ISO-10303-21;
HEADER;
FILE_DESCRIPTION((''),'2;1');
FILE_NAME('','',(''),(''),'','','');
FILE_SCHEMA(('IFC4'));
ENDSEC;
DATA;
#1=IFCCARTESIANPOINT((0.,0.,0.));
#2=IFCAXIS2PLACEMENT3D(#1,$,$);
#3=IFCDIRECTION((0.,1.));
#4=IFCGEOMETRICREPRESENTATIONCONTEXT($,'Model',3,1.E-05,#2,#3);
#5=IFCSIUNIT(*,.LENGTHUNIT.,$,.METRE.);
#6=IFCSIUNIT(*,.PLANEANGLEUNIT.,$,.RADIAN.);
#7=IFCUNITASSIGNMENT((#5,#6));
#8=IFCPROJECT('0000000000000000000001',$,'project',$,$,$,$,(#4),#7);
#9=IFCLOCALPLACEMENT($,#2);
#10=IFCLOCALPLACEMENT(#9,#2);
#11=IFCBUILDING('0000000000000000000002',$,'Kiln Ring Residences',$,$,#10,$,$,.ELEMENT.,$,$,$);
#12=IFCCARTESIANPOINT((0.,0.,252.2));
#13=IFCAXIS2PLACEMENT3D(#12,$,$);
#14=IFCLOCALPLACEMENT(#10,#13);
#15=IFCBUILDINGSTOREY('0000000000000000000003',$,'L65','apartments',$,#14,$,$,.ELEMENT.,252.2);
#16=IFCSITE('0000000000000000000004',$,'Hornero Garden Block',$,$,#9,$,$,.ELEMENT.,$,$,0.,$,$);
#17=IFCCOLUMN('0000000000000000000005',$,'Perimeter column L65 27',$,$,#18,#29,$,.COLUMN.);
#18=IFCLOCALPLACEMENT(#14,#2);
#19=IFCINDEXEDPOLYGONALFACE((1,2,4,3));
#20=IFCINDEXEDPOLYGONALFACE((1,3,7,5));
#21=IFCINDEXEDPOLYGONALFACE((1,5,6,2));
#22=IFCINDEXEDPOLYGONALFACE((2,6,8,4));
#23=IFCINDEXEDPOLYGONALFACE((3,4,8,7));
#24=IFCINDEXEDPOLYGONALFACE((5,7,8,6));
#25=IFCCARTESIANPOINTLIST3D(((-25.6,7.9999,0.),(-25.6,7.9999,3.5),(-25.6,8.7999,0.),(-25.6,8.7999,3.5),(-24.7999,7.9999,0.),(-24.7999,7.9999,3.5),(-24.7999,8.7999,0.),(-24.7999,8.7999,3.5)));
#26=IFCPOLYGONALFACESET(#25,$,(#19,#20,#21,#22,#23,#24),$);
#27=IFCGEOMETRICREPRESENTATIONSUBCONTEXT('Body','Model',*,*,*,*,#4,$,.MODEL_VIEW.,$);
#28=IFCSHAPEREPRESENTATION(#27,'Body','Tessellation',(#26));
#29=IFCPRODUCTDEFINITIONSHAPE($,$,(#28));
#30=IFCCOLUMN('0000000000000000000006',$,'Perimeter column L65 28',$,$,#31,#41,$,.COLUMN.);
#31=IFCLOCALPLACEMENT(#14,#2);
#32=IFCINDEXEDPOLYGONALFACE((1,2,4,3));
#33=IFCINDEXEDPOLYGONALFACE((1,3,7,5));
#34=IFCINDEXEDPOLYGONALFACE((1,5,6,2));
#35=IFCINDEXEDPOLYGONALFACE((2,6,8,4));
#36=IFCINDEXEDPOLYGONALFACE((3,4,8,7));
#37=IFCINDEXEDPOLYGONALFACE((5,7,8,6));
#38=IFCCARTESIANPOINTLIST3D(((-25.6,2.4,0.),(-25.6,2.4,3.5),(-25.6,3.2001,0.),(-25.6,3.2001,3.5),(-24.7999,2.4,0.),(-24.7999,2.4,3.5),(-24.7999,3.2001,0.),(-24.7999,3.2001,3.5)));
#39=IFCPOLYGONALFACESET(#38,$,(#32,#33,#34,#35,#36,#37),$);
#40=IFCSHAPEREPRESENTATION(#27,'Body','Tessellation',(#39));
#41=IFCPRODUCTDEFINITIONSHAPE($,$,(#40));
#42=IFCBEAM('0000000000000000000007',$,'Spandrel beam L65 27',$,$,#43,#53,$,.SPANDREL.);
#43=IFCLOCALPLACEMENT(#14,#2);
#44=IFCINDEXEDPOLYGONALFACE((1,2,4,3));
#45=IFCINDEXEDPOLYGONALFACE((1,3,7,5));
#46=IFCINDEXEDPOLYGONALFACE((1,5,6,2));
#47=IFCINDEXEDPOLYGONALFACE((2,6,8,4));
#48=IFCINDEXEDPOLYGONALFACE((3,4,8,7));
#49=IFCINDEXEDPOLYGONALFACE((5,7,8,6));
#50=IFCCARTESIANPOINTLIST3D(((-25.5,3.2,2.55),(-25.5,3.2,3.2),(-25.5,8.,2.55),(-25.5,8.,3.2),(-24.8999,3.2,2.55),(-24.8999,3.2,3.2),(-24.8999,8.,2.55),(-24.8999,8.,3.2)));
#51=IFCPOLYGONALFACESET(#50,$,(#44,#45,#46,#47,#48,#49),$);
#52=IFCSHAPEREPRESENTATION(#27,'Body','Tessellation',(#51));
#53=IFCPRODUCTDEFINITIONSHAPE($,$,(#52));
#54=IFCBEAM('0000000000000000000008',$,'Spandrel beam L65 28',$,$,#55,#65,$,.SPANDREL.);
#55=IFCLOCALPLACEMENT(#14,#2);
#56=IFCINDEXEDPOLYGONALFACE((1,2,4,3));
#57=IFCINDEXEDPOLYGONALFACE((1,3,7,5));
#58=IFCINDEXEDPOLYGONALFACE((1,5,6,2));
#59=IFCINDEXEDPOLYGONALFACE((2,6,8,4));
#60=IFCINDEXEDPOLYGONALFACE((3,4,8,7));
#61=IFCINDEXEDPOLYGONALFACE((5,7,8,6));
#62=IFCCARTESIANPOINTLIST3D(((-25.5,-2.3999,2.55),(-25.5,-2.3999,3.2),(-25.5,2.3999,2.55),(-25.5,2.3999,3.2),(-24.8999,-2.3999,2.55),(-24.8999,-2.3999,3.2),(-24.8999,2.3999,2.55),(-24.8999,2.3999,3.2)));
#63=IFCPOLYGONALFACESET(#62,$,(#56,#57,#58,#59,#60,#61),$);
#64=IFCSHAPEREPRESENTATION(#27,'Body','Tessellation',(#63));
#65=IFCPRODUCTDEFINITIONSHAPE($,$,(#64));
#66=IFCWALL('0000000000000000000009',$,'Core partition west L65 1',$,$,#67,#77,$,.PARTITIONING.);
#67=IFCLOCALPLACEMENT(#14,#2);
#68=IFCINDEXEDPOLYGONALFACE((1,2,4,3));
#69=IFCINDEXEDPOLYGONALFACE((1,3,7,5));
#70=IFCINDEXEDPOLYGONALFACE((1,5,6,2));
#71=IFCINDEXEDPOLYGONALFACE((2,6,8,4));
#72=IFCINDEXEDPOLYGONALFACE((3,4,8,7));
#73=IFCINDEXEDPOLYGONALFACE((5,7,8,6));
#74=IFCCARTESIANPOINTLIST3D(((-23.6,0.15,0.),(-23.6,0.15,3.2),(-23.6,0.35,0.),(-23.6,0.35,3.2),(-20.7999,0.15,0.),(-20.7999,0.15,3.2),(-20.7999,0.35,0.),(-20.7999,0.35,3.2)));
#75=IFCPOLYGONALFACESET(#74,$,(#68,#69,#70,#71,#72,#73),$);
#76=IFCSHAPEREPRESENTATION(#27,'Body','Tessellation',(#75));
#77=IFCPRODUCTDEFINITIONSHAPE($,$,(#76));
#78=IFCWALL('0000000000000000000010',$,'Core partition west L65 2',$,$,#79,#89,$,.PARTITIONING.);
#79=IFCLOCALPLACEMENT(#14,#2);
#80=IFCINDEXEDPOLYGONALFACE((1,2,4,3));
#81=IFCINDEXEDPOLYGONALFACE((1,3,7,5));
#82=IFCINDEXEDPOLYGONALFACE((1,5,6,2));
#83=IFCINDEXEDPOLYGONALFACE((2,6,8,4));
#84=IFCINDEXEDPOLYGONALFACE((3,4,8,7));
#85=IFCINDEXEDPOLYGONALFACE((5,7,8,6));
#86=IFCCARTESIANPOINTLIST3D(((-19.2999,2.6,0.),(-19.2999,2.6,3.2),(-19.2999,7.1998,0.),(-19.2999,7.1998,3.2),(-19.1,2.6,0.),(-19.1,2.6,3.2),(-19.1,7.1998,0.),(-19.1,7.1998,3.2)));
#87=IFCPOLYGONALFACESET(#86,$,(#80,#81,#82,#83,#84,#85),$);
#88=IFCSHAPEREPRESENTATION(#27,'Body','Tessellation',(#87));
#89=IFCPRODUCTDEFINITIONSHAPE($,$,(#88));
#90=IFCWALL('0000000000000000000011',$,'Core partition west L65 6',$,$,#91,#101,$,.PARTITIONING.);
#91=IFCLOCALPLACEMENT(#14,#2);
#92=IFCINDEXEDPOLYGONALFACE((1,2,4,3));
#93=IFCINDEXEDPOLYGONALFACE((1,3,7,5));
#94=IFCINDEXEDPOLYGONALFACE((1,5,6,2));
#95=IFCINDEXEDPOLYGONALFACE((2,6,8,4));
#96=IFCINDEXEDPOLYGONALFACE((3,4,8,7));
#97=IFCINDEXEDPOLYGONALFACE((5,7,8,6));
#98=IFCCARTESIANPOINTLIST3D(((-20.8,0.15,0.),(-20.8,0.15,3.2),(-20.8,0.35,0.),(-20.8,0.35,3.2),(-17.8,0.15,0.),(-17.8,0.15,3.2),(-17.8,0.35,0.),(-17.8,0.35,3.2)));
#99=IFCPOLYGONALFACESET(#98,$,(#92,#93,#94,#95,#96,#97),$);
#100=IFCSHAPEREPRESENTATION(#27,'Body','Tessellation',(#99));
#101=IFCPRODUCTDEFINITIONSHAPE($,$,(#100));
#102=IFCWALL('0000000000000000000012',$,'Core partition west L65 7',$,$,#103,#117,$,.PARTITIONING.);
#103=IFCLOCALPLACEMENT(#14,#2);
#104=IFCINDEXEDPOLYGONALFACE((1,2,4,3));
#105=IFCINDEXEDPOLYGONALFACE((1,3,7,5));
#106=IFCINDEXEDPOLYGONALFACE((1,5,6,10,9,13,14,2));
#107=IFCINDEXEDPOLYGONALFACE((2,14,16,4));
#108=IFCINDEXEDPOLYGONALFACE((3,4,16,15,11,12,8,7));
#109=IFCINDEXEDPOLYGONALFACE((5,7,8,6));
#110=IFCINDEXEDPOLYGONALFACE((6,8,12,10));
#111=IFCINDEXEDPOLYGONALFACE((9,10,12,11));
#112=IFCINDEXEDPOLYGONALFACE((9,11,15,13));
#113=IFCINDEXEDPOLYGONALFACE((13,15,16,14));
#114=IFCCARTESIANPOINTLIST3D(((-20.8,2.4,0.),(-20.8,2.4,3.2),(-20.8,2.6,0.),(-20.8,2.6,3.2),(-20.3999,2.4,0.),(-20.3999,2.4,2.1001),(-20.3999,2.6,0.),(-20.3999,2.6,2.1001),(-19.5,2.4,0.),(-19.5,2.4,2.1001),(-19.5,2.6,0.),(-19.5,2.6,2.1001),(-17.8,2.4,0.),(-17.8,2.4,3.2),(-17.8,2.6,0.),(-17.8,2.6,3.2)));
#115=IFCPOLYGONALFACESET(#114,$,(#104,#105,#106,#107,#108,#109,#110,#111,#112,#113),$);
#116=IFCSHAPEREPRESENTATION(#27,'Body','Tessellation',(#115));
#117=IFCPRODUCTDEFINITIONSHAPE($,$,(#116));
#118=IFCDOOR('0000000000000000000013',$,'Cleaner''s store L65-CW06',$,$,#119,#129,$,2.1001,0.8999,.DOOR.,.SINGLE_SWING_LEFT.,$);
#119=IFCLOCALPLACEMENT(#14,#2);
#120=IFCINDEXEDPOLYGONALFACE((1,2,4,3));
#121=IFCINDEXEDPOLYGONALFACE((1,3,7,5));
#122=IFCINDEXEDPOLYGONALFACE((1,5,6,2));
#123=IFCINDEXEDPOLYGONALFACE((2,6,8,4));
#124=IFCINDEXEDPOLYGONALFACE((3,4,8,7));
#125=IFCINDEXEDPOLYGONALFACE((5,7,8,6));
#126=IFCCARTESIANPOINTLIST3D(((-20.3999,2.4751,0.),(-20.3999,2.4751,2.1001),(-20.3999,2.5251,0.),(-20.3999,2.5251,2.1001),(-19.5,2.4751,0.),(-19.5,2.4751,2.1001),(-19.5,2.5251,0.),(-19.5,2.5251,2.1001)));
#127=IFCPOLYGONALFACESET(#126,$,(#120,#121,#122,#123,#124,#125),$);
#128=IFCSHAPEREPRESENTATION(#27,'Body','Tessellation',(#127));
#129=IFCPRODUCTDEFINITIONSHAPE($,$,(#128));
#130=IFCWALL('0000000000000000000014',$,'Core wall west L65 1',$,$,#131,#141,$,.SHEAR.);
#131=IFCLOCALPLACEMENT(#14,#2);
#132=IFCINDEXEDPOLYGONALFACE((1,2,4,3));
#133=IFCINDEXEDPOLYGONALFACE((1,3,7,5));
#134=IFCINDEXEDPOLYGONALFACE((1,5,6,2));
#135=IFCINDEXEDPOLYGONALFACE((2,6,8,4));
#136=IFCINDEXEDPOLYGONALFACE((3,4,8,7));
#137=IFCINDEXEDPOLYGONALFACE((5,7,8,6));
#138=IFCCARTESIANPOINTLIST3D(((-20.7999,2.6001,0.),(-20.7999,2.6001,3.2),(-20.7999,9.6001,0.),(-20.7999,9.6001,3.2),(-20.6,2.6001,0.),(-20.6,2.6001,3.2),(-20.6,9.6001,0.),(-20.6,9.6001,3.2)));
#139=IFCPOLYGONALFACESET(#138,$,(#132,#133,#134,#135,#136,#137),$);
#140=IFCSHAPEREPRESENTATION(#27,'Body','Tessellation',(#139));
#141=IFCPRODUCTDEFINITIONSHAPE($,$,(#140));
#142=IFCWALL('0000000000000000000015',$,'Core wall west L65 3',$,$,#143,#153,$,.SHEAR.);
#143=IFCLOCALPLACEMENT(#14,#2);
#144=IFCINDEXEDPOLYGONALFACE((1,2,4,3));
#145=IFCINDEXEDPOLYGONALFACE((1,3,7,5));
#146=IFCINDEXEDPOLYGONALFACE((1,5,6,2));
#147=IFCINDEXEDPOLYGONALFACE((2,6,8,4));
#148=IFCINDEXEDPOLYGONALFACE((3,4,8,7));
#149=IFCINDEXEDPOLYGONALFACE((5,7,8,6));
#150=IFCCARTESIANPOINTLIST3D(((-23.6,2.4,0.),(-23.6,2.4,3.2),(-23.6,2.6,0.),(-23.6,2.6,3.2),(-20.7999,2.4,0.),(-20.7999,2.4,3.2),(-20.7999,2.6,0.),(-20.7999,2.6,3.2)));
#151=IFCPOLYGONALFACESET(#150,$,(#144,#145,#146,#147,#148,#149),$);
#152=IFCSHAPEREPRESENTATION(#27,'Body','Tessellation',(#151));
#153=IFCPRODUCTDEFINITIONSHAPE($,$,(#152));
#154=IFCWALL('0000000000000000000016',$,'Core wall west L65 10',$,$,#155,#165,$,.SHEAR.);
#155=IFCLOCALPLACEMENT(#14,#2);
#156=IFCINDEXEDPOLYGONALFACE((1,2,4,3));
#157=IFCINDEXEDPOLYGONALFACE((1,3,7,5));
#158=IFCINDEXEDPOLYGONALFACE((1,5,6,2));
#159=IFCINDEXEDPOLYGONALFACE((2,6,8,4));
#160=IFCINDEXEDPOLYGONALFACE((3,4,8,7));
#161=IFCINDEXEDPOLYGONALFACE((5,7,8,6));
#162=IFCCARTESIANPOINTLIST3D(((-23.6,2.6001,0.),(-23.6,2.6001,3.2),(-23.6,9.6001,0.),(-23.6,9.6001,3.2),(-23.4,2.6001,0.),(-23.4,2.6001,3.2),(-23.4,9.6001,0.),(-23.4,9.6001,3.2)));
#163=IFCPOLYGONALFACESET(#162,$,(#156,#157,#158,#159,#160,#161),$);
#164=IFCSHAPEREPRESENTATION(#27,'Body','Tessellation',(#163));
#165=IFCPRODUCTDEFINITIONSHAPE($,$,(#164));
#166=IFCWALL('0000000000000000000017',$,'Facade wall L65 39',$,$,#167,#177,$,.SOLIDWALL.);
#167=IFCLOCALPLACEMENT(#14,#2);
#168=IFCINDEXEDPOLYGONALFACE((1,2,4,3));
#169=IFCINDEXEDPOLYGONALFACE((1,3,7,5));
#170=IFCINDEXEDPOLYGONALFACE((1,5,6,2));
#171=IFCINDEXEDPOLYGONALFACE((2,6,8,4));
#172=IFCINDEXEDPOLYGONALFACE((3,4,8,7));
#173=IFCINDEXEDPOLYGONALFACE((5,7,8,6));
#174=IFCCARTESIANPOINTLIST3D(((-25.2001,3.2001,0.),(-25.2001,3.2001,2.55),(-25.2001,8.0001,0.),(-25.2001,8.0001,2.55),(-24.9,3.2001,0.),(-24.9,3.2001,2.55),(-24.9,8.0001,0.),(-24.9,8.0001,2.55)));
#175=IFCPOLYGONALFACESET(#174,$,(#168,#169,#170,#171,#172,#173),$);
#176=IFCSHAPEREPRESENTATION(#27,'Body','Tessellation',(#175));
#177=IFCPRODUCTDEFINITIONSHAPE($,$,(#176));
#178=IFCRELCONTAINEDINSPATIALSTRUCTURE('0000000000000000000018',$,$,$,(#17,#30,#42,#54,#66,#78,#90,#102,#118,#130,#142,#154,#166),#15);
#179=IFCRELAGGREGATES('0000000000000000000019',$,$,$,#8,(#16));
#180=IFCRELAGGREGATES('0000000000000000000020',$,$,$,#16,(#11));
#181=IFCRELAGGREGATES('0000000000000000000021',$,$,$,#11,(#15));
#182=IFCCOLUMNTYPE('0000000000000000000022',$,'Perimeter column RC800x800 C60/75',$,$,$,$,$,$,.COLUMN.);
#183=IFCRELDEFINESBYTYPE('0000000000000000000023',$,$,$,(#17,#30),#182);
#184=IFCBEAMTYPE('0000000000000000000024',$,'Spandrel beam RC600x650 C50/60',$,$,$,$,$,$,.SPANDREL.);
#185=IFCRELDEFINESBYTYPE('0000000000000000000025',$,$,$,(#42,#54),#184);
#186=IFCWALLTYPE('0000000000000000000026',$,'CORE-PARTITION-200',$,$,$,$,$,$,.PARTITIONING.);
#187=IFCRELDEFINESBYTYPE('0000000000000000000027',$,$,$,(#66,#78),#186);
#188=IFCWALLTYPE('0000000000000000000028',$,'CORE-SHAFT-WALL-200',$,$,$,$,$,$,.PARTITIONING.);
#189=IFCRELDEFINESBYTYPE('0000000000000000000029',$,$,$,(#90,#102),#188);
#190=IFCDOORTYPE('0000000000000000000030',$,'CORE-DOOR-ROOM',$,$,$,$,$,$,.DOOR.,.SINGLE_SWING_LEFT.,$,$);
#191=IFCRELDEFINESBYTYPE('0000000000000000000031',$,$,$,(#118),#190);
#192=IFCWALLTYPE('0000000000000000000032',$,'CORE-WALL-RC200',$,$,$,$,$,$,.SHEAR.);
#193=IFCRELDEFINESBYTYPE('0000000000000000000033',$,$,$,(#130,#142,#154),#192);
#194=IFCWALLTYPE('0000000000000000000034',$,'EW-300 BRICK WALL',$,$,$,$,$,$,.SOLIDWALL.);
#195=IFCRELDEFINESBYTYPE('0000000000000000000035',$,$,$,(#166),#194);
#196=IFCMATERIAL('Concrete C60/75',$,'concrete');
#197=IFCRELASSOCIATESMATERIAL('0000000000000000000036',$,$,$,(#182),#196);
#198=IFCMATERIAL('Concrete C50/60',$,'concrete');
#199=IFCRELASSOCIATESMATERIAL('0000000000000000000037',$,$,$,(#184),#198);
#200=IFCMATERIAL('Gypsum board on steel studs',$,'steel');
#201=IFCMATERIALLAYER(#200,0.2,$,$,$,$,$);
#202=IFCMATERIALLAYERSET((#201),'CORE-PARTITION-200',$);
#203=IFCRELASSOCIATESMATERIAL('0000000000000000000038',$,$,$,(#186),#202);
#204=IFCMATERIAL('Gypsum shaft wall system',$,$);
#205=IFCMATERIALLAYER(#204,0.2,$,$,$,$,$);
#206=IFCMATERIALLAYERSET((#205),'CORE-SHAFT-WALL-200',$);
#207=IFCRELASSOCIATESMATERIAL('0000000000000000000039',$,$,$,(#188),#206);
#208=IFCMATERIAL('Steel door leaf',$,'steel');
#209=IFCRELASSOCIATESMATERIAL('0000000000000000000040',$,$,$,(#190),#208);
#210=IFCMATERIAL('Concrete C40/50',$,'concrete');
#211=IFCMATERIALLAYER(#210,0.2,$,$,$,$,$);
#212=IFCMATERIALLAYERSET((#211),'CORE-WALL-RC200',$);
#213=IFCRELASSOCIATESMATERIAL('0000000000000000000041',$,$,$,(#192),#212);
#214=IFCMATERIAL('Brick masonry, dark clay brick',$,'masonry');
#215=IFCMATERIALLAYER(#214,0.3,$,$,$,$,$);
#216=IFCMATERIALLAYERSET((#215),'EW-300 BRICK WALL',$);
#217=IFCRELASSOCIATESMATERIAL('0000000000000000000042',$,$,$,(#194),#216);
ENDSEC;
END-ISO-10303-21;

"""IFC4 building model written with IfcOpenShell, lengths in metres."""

from ifc_helpers import new_model, si_unit, direction, frame, frame_2d, origin, origin_2d, place, context, subcontext, project, spatial, rectangle, extrude, material, layer, layer_set, material_profile, profile_set, type_object, element, fill, save


model = new_model("IFC4")

# Units and contexts
model_context = context("Model", 3, precision=1e-05, world=origin(), true_north=direction((0.0, 1.0)))
body_context = subcontext(model_context, "Body", "Model", "MODEL_VIEW")
ifc_project = project(units=[si_unit("LENGTHUNIT", "METRE"), si_unit("PLANEANGLEUNIT", "RADIAN")], contexts=[model_context])

# Site, building, storey
site_placement = place(None, origin())
site = spatial("IfcSite", under=ifc_project, at=site_placement, Name="Hornero Garden Block", CompositionType="ELEMENT", RefElevation=0.0)
building_placement = place(site_placement, origin())
building = spatial("IfcBuilding", under=site, at=building_placement, Name="Kiln Ring Residences", CompositionType="ELEMENT")
storey_placement = place(building_placement, frame((0.0, 0.0, 252.2)))
storey = spatial("IfcBuildingStorey", under=building, at=storey_placement, Name="L65", Description="apartments", CompositionType="ELEMENT", Elevation=252.2)

# Columns
ifc_material_1 = material(Name="Concrete C60/75", Category="concrete")
ifc_material_profile_1 = material_profile(ifc_material_1, rectangle(XDim=0.8, YDim=0.8, at=origin_2d()), Name="RC800x800")
ifc_profile_set_1 = profile_set([ifc_material_profile_1], Name="Concrete C60/75")
column_type = type_object("IfcColumnType", Name="Perimeter column RC800x800 C60/75", PredefinedType="COLUMN", material=ifc_profile_set_1)
for number, where, z_axis, x_axis, name in (
    (1, (-25.2, 8.3999, 0.0), (0.0, 0.0, 1.0), (1.0, 0.0, 0.0), "Perimeter column L65 27"),
    (2, (-25.2, 2.8, 0.0), (0.0, 0.0, 1.0), (1.0, 0.0, 0.0), "Perimeter column L65 28"),
):
    element("IfcColumn", number, at=place(storey_placement, frame(where, z_axis=z_axis, x_axis=x_axis)), inside=storey, type_object=column_type, Name=name, PredefinedType="COLUMN", context=body_context, shape_type="SweptSolid", body=[
        extrude(rectangle(XDim=0.8, YDim=0.8, at=origin_2d()), origin(), (0.0, 0.0, 1.0), 3.5),
    ])

# Beams
ifc_material_2 = material(Name="Concrete C50/60", Category="concrete")
ifc_material_profile_2 = material_profile(ifc_material_2, rectangle(XDim=0.6001, YDim=0.6499, at=origin_2d()), Name="RC600x650")
ifc_profile_set_2 = profile_set([ifc_material_profile_2], Name="Concrete C50/60")
beam_type = type_object("IfcBeamType", Name="Spandrel beam RC600x650 C50/60", PredefinedType="SPANDREL", material=ifc_profile_set_2)
beam_1_placement = place(storey_placement, frame((-25.2, 8.0, 2.875), z_axis=(0.0, -1.0, 0.0), x_axis=(1.0, 0.0, 0.0)))
element("IfcBeam", 3, at=beam_1_placement, inside=storey, type_object=beam_type, Name="Spandrel beam L65 27", PredefinedType="SPANDREL", context=body_context, shape_type="SweptSolid", body=[
    extrude(rectangle(XDim=0.6001, YDim=0.6499, at=origin_2d()), origin(), (0.0, 0.0, 1.0), 4.8),
])
beam_2_placement = place(storey_placement, frame((-25.2, 2.3999, 2.875), z_axis=(0.0, -1.0, 0.0), x_axis=(1.0, 0.0, 0.0)))
element("IfcBeam", 4, at=beam_2_placement, inside=storey, type_object=beam_type, Name="Spandrel beam L65 28", PredefinedType="SPANDREL", context=body_context, shape_type="SweptSolid", body=[
    extrude(rectangle(XDim=0.6001, YDim=0.6499, at=origin_2d()), origin(), (0.0, 0.0, 1.0), 4.7998),
])

# Walls
ifc_material_3 = material(Name="Gypsum board on steel studs", Category="steel")
ifc_layer_1 = layer(ifc_material_3, 0.2)
ifc_layer_set_1 = layer_set([ifc_layer_1], Name="CORE-PARTITION-200")
wall_type_1 = type_object("IfcWallType", Name="CORE-PARTITION-200", PredefinedType="PARTITIONING", material=ifc_layer_set_1)
wall_1_placement = place(storey_placement, frame((-20.8, 0.25, 0.0), z_axis=(0.0, 0.0, 1.0), x_axis=(-1.0, 0.0, 0.0)))
element("IfcWall", 5, at=wall_1_placement, inside=storey, type_object=wall_type_1, Name="Core partition west L65 1", PredefinedType="PARTITIONING", context=body_context, shape_type="SweptSolid", body=[
    extrude(rectangle(XDim=2.8, YDim=0.2, at=frame_2d((1.3999, 0.0))), origin(), (0.0, 0.0, 1.0), 3.2),
])
wall_2_placement = place(storey_placement, frame((-19.2, 2.6001, 0.0), z_axis=(0.0, 0.0, 1.0), x_axis=(0.0, 1.0, 0.0)))
element("IfcWall", 6, at=wall_2_placement, inside=storey, type_object=wall_type_1, Name="Core partition west L65 2", PredefinedType="PARTITIONING", context=body_context, shape_type="SweptSolid", body=[
    extrude(rectangle(XDim=4.5999, YDim=0.2, at=frame_2d((2.2998, 0.0))), origin(), (0.0, 0.0, 1.0), 3.2),
])
ifc_material_4 = material(Name="Gypsum shaft wall system")
ifc_layer_2 = layer(ifc_material_4, 0.2)
ifc_layer_set_2 = layer_set([ifc_layer_2], Name="CORE-SHAFT-WALL-200")
wall_type_2 = type_object("IfcWallType", Name="CORE-SHAFT-WALL-200", PredefinedType="PARTITIONING", material=ifc_layer_set_2)
wall_3_placement = place(storey_placement, frame((-17.8, 0.25, 0.0), z_axis=(0.0, 0.0, 1.0), x_axis=(-1.0, 0.0, 0.0)))
element("IfcWall", 7, at=wall_3_placement, inside=storey, type_object=wall_type_2, Name="Core partition west L65 6", PredefinedType="PARTITIONING", context=body_context, shape_type="SweptSolid", body=[
    extrude(rectangle(XDim=3.0, YDim=0.2, at=frame_2d((1.5, 0.0))), origin(), (0.0, 0.0, 1.0), 3.2),
])

# Wall, opening, door
wall_4_placement = place(storey_placement, frame((-17.8, 2.5, 0.0), z_axis=(0.0, 0.0, 1.0), x_axis=(-1.0, 0.0, 0.0)))
wall_4 = element("IfcWall", 8, at=wall_4_placement, inside=storey, type_object=wall_type_2, Name="Core partition west L65 7", PredefinedType="PARTITIONING", context=body_context, shape_type="SweptSolid", body=[
    extrude(rectangle(XDim=3.0, YDim=0.2, at=frame_2d((1.5, 0.0))), origin(), (0.0, 0.0, 1.0), 3.2),
])
opening_placement = place(wall_4_placement, frame((1.7, 0.0, 0.0)))
opening = element("IfcOpeningElement", 9, at=opening_placement, cuts=wall_4, PredefinedType="OPENING", context=body_context, shape_type="SweptSolid", body=[
    extrude(rectangle(XDim=0.8999, YDim=2.1001, at=frame_2d((0.45, 1.05))), frame((0.0, 0.1099, 0.0), z_axis=(0.0, -1.0, 0.0), x_axis=(1.0, 0.0, 0.0)), (0.0, 0.0, 1.0), 0.22),
])
ifc_material_5 = material(Name="Steel door leaf", Category="steel")
door_type = type_object("IfcDoorType", Name="CORE-DOOR-ROOM", OperationType="SINGLE_SWING_LEFT", PredefinedType="DOOR", material=ifc_material_5)
door_placement = place(opening_placement, origin())
door = element("IfcDoor", 10, at=door_placement, inside=storey, type_object=door_type, Name="Cleaner's store L65-CW06", OperationType="SINGLE_SWING_LEFT", OverallHeight=2.1001, OverallWidth=0.8999, PredefinedType="DOOR", context=body_context, shape_type="SweptSolid", body=[
    extrude(rectangle(XDim=0.8999, YDim=2.1001, at=frame_2d((0.45, 1.05))), frame((0.0, 0.0249, 0.0), z_axis=(0.0, -1.0, 0.0), x_axis=(1.0, 0.0, 0.0)), (0.0, 0.0, 1.0), 0.05),
])
fill(opening, door)

# Walls
ifc_material_6 = material(Name="Concrete C40/50", Category="concrete")
ifc_layer_3 = layer(ifc_material_6, 0.2)
ifc_layer_set_3 = layer_set([ifc_layer_3], Name="CORE-WALL-RC200")
wall_type_3 = type_object("IfcWallType", Name="CORE-WALL-RC200", PredefinedType="SHEAR", material=ifc_layer_set_3)
wall_5_placement = place(storey_placement, frame((-20.7, 2.6001, 0.0), z_axis=(0.0, 0.0, 1.0), x_axis=(0.0, 1.0, 0.0)))
element("IfcWall", 11, at=wall_5_placement, inside=storey, type_object=wall_type_3, Name="Core wall west L65 1", PredefinedType="SHEAR", context=body_context, shape_type="SweptSolid", body=[
    extrude(rectangle(XDim=7.0, YDim=0.2, at=frame_2d((3.5, 0.0))), origin(), (0.0, 0.0, 1.0), 3.2),
])
wall_6_placement = place(storey_placement, frame((-20.8, 2.5, 0.0), z_axis=(0.0, 0.0, 1.0), x_axis=(-1.0, 0.0, 0.0)))
element("IfcWall", 12, at=wall_6_placement, inside=storey, type_object=wall_type_3, Name="Core wall west L65 3", PredefinedType="SHEAR", context=body_context, shape_type="SweptSolid", body=[
    extrude(rectangle(XDim=2.8, YDim=0.2, at=frame_2d((1.3999, 0.0))), origin(), (0.0, 0.0, 1.0), 3.2),
])
wall_7_placement = place(storey_placement, frame((-23.5, 2.6001, 0.0), z_axis=(0.0, 0.0, 1.0), x_axis=(0.0, 1.0, 0.0)))
element("IfcWall", 13, at=wall_7_placement, inside=storey, type_object=wall_type_3, Name="Core wall west L65 10", PredefinedType="SHEAR", context=body_context, shape_type="SweptSolid", body=[
    extrude(rectangle(XDim=7.0, YDim=0.2, at=frame_2d((3.5, 0.0))), origin(), (0.0, 0.0, 1.0), 3.2),
])
ifc_material_7 = material(Name="Brick masonry, dark clay brick", Category="masonry")
ifc_layer_4 = layer(ifc_material_7, 0.3)
ifc_layer_set_4 = layer_set([ifc_layer_4], Name="EW-300 BRICK WALL")
wall_type_4 = type_object("IfcWallType", Name="EW-300 BRICK WALL", PredefinedType="SOLIDWALL", material=ifc_layer_set_4)
wall_8_placement = place(storey_placement, frame((-25.05, 8.0, 0.0), z_axis=(0.0, 0.0, 1.0), x_axis=(0.0, -1.0, 0.0)))
element("IfcWall", 14, at=wall_8_placement, inside=storey, type_object=wall_type_4, Name="Facade wall L65 39", PredefinedType="SOLIDWALL", context=body_context, shape_type="SweptSolid", body=[
    extrude(rectangle(XDim=4.8, YDim=0.3, at=frame_2d((2.3999, 0.0))), origin(), (0.0, 0.0, 1.0), 2.55),
])

save(model, "model.ifc")
